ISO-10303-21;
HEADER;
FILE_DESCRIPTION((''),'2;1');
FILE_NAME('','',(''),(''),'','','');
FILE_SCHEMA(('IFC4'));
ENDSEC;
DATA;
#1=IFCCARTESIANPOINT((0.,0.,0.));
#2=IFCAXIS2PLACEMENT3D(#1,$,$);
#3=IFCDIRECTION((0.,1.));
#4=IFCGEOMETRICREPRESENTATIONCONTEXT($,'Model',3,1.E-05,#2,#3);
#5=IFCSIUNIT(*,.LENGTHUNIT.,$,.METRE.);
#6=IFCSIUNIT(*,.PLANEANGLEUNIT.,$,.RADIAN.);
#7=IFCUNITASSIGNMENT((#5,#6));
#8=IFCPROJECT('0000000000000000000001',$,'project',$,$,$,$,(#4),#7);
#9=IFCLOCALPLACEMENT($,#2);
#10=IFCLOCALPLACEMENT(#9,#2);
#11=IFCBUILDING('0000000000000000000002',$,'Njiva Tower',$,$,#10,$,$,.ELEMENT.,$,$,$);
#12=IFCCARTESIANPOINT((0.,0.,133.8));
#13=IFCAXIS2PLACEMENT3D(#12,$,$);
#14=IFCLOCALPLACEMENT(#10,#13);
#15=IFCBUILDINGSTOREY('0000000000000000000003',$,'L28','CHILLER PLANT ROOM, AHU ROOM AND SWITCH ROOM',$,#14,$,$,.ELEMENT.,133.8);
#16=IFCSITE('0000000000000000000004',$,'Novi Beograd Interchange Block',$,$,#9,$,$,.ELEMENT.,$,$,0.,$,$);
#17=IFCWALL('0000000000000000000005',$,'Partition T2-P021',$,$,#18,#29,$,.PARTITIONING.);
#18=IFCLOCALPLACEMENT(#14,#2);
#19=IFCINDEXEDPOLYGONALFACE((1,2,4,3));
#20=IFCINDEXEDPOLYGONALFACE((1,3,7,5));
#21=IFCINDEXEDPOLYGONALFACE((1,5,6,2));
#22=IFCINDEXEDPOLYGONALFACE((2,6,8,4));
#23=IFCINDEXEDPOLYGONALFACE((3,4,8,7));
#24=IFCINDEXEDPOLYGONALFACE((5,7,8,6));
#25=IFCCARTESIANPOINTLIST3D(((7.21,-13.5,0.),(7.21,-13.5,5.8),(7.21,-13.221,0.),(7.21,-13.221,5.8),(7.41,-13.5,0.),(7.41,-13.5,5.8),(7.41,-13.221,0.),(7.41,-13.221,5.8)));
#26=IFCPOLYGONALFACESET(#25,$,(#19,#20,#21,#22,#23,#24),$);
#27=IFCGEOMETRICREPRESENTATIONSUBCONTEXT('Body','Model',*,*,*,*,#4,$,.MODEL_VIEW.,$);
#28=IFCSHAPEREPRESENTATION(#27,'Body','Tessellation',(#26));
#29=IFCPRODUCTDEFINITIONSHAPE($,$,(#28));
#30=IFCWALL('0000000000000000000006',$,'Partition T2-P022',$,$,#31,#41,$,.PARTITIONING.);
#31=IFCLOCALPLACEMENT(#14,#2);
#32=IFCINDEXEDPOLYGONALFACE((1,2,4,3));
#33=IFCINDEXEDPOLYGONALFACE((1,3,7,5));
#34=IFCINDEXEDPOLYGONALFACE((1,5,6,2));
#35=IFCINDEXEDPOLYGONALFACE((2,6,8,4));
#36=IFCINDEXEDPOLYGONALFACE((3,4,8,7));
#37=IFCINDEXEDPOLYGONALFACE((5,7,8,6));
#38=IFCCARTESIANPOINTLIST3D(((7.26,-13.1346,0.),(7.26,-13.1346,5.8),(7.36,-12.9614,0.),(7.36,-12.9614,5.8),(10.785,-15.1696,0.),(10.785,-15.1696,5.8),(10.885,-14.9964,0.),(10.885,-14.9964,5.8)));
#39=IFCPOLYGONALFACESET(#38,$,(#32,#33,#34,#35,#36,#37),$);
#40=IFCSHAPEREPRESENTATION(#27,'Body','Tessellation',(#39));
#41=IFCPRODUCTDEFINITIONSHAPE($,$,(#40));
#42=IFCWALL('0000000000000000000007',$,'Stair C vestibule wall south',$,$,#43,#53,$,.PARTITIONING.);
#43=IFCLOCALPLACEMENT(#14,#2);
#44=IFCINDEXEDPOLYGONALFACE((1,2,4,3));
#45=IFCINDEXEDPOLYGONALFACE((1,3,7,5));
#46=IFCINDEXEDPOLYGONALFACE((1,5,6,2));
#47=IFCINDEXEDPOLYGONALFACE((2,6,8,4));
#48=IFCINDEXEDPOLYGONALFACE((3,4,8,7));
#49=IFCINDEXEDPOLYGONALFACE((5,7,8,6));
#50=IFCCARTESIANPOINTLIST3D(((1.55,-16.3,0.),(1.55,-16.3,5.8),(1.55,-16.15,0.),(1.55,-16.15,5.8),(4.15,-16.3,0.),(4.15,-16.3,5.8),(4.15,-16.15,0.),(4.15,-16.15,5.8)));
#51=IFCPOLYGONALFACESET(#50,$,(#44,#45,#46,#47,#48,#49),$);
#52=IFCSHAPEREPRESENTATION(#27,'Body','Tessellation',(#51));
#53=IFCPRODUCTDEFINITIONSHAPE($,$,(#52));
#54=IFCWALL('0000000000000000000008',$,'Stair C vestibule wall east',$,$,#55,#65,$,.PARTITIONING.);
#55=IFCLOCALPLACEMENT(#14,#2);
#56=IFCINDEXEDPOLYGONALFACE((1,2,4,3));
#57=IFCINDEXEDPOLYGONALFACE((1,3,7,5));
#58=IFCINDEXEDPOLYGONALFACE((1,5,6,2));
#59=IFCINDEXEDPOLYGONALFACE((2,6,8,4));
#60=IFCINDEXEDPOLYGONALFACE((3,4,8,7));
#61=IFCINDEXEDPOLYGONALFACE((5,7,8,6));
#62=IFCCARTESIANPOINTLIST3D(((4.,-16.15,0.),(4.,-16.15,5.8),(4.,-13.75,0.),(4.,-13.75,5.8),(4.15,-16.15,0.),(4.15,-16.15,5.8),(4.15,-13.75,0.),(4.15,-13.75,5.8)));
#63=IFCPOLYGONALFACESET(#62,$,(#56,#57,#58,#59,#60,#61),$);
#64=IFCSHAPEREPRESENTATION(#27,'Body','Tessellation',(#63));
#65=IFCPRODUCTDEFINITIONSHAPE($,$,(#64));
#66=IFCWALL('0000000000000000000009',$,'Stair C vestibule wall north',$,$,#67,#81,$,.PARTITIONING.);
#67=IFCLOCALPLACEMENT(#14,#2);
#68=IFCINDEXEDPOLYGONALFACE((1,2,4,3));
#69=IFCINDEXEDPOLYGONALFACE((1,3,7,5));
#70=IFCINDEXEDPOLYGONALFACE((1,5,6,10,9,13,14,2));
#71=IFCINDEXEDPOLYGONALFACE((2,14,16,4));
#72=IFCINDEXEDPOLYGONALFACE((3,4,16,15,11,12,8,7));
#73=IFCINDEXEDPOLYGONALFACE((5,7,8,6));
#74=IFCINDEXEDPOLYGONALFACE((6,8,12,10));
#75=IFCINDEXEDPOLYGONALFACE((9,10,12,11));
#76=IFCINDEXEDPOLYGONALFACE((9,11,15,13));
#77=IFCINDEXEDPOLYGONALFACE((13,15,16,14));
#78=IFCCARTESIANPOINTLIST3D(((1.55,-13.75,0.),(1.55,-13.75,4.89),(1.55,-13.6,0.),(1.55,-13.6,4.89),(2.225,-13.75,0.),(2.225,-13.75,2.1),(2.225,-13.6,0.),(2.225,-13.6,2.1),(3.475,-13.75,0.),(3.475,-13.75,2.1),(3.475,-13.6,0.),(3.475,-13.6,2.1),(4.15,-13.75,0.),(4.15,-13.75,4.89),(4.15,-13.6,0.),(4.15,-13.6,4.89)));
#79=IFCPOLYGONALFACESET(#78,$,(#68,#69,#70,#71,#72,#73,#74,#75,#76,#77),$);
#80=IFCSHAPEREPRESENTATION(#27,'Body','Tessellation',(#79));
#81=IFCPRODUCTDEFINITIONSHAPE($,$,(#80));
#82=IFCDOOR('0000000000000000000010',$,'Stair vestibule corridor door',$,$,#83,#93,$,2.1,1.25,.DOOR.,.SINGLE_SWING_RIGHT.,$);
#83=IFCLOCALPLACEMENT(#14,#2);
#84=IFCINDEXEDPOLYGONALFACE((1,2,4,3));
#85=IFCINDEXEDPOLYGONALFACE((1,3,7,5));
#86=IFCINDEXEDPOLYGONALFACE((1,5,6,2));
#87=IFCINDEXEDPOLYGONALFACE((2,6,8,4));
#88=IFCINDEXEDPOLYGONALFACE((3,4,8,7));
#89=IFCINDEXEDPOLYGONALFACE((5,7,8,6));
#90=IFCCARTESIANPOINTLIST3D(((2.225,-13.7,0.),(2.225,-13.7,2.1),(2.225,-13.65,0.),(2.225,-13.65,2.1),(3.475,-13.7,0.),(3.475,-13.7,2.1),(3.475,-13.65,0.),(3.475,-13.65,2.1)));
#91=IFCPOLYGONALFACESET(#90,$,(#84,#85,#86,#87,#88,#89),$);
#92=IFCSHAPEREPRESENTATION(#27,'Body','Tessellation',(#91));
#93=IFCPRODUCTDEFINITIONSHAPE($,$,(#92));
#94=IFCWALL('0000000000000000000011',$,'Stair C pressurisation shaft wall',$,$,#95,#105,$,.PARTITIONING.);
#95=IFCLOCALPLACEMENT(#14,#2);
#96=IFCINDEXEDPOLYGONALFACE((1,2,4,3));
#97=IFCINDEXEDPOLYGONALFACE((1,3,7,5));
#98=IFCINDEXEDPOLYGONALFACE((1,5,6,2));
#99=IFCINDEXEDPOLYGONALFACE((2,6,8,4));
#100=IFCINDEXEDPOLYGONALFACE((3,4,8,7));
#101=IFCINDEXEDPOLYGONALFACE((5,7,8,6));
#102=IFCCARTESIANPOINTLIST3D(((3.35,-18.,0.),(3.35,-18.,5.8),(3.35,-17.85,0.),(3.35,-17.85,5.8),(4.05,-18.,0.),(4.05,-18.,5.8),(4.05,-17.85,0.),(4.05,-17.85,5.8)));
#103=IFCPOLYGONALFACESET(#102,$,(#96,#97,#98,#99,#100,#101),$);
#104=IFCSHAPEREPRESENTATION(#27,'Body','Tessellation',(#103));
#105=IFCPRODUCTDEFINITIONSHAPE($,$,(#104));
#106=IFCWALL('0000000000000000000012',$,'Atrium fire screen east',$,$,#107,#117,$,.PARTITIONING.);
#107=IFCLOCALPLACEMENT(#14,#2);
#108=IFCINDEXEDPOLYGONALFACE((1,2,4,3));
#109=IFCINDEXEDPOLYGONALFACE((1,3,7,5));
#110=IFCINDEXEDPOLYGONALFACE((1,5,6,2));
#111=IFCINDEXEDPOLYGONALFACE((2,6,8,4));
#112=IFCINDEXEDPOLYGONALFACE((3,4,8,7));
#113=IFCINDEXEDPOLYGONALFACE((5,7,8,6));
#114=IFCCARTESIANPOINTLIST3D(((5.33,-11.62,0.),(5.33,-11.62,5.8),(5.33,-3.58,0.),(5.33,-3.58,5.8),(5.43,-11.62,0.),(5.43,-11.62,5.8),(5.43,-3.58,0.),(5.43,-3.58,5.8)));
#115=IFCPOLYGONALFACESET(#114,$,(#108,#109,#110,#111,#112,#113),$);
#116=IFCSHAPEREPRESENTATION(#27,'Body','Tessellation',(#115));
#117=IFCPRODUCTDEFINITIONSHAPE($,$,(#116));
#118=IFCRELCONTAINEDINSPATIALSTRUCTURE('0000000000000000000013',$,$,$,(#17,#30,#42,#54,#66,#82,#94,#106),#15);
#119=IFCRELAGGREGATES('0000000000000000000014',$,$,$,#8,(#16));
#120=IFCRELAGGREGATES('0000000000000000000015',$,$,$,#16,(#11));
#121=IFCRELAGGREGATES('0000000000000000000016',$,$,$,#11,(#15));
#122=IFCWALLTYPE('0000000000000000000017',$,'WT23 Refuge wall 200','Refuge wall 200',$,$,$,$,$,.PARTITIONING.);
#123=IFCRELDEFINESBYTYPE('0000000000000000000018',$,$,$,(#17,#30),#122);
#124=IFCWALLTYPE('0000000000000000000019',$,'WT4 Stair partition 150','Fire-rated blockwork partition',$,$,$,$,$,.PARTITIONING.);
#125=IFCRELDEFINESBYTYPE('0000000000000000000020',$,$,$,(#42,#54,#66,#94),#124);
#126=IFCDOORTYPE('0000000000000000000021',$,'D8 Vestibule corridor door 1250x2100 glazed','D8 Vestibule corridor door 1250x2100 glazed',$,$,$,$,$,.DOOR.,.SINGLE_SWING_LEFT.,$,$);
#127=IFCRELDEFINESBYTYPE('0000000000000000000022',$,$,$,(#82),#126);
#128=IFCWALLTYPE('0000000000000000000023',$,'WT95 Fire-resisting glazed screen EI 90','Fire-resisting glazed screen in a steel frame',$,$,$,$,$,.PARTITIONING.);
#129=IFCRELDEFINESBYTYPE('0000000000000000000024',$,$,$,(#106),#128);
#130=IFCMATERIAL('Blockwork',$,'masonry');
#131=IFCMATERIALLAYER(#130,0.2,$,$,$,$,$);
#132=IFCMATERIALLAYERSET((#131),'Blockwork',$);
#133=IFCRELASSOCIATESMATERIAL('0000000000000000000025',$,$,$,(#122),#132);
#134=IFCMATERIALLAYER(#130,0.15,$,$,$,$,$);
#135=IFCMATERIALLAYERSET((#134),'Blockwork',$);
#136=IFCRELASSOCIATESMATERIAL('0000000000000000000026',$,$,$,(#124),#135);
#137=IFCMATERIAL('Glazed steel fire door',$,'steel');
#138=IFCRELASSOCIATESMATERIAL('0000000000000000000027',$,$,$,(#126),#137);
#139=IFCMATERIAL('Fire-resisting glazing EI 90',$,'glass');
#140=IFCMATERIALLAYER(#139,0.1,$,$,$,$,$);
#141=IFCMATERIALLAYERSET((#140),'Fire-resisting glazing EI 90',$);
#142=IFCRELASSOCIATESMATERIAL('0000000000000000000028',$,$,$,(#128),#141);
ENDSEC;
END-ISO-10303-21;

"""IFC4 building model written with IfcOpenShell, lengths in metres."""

from ifc_helpers import new_model, si_unit, direction, frame, frame_2d, origin, place, context, subcontext, project, spatial, rectangle, extrude, material, layer, layer_set, type_object, element, fill, save


model = new_model("IFC4")

# Units and contexts
model_context = context("Model", 3, precision=1e-05, world=origin(), true_north=direction((0.0, 1.0)))
body_context = subcontext(model_context, "Body", "Model", "MODEL_VIEW")
ifc_project = project(units=[si_unit("LENGTHUNIT", "METRE"), si_unit("PLANEANGLEUNIT", "RADIAN")], contexts=[model_context])

# Site, building, storey
site_placement = place(None, origin())
site = spatial("IfcSite", under=ifc_project, at=site_placement, Name="Novi Beograd Interchange Block", CompositionType="ELEMENT", RefElevation=0.0)
building_placement = place(site_placement, origin())
building = spatial("IfcBuilding", under=site, at=building_placement, Name="Njiva Tower", CompositionType="ELEMENT")
storey_placement = place(building_placement, frame((0.0, 0.0, 133.8)))
storey = spatial("IfcBuildingStorey", under=building, at=storey_placement, Name="L28", Description="CHILLER PLANT ROOM, AHU ROOM AND SWITCH ROOM", CompositionType="ELEMENT", Elevation=133.8)

# Shared definitions
ifc_material_1 = material(Name="Blockwork", Category="masonry")
ifc_layer_1 = layer(ifc_material_1, 0.2)
ifc_layer_set_1 = layer_set([ifc_layer_1], Name="Blockwork")
wall_type_1 = type_object("IfcWallType", Name="WT23 Refuge wall 200", Description="Refuge wall 200", PredefinedType="PARTITIONING", material=ifc_layer_set_1)

# Walls
wall_1_placement = place(storey_placement, frame((7.31, -13.5, 0.0), z_axis=(0.0, 0.0, 1.0), x_axis=(0.0, 1.0, 0.0)))
element("IfcWall", 1, at=wall_1_placement, inside=storey, type_object=wall_type_1, Name="Partition T2-P021", PredefinedType="PARTITIONING", context=body_context, shape_type="SweptSolid", body=[
    extrude(rectangle(XDim=0.279, YDim=0.2, at=frame_2d((0.1395, 0.0))), origin(), (0.0, 0.0, 1.0), 5.8),
])
wall_2_placement = place(storey_placement, frame((7.31, -13.048, 0.0), z_axis=(0.0, 0.0, 1.0), x_axis=(0.866042, -0.499971, 0.0)))
element("IfcWall", 2, at=wall_2_placement, inside=storey, type_object=wall_type_1, Name="Partition T2-P022", PredefinedType="PARTITIONING", context=body_context, shape_type="SweptSolid", body=[
    extrude(rectangle(XDim=4.0702, YDim=0.2, at=frame_2d((2.0351, 0.0))), origin(), (0.0, 0.0, 1.0), 5.8),
])
ifc_layer_2 = layer(ifc_material_1, 0.15)
ifc_layer_set_2 = layer_set([ifc_layer_2], Name="Blockwork")
wall_type_2 = type_object("IfcWallType", Name="WT4 Stair partition 150", Description="Fire-rated blockwork partition", PredefinedType="PARTITIONING", material=ifc_layer_set_2)
wall_3_placement = place(storey_placement, frame((1.55, -16.225, 0.0), z_axis=(0.0, 0.0, 1.0), x_axis=(1.0, 0.0, 0.0)))
element("IfcWall", 3, at=wall_3_placement, inside=storey, type_object=wall_type_2, Name="Stair C vestibule wall south", PredefinedType="PARTITIONING", context=body_context, shape_type="SweptSolid", body=[
    extrude(rectangle(XDim=2.6, YDim=0.15, at=frame_2d((1.3, 0.0))), origin(), (0.0, 0.0, 1.0), 5.8),
])
wall_4_placement = place(storey_placement, frame((4.075, -16.15, 0.0), z_axis=(0.0, 0.0, 1.0), x_axis=(0.0, 1.0, 0.0)))
element("IfcWall", 4, at=wall_4_placement, inside=storey, type_object=wall_type_2, Name="Stair C vestibule wall east", PredefinedType="PARTITIONING", context=body_context, shape_type="SweptSolid", body=[
    extrude(rectangle(XDim=2.4, YDim=0.15, at=frame_2d((1.2, 0.0))), origin(), (0.0, 0.0, 1.0), 5.8),
])

# Wall, opening, door
wall_5_placement = place(storey_placement, frame((1.55, -13.675, 0.0), z_axis=(0.0, 0.0, 1.0), x_axis=(1.0, 0.0, 0.0)))
wall_5 = element("IfcWall", 5, at=wall_5_placement, inside=storey, type_object=wall_type_2, Name="Stair C vestibule wall north", PredefinedType="PARTITIONING", context=body_context, shape_type="SweptSolid", body=[
    extrude(rectangle(XDim=2.6, YDim=0.15, at=frame_2d((1.3, 0.0))), origin(), (0.0, 0.0, 1.0), 4.89),
])
opening_1_placement = place(wall_5_placement, frame((0.675, 0.0, 0.0)))
opening_1 = element("IfcOpeningElement", 6, at=opening_1_placement, cuts=wall_5, PredefinedType="OPENING", context=body_context, shape_type="SweptSolid", body=[
    extrude(rectangle(XDim=1.25, YDim=2.1, at=frame_2d((0.625, 1.05))), frame((0.0, 0.085, 0.0), z_axis=(0.0, -1.0, 0.0), x_axis=(1.0, 0.0, 0.0)), (0.0, 0.0, 1.0), 0.17),
])
ifc_material_2 = material(Name="Glazed steel fire door", Category="steel")
door_type_1 = type_object("IfcDoorType", Name="D8 Vestibule corridor door 1250x2100 glazed", Description="D8 Vestibule corridor door 1250x2100 glazed", OperationType="SINGLE_SWING_LEFT", PredefinedType="DOOR", material=ifc_material_2)
door_1_placement = place(opening_1_placement, origin())
door_1 = element("IfcDoor", 7, at=door_1_placement, inside=storey, type_object=door_type_1, Name="Stair vestibule corridor door", OperationType="SINGLE_SWING_RIGHT", OverallHeight=2.1, OverallWidth=1.25, PredefinedType="DOOR", context=body_context, shape_type="SweptSolid", body=[
    extrude(rectangle(XDim=1.25, YDim=2.1, at=frame_2d((0.625, 1.05))), frame((0.0, 0.025, 0.0), z_axis=(0.0, -1.0, 0.0), x_axis=(1.0, 0.0, 0.0)), (0.0, 0.0, 1.0), 0.05),
])
fill(opening_1, door_1)

# Walls
wall_6_placement = place(storey_placement, frame((3.35, -17.925, 0.0), z_axis=(0.0, 0.0, 1.0), x_axis=(1.0, 0.0, 0.0)))
element("IfcWall", 8, at=wall_6_placement, inside=storey, type_object=wall_type_2, Name="Stair C pressurisation shaft wall", PredefinedType="PARTITIONING", context=body_context, shape_type="SweptSolid", body=[
    extrude(rectangle(XDim=0.7, YDim=0.15, at=frame_2d((0.35, 0.0))), origin(), (0.0, 0.0, 1.0), 5.8),
])
ifc_material_3 = material(Name="Fire-resisting glazing EI 90", Category="glass")
ifc_layer_3 = layer(ifc_material_3, 0.1)
ifc_layer_set_3 = layer_set([ifc_layer_3], Name="Fire-resisting glazing EI 90")
wall_type_3 = type_object("IfcWallType", Name="WT95 Fire-resisting glazed screen EI 90", Description="Fire-resisting glazed screen in a steel frame", PredefinedType="PARTITIONING", material=ifc_layer_set_3)
wall_7_placement = place(storey_placement, frame((5.38, -11.62, 0.0), z_axis=(0.0, 0.0, 1.0), x_axis=(0.0, 1.0, 0.0)))
element("IfcWall", 9, at=wall_7_placement, inside=storey, type_object=wall_type_3, Name="Atrium fire screen east", PredefinedType="PARTITIONING", context=body_context, shape_type="SweptSolid", body=[
    extrude(rectangle(XDim=8.04, YDim=0.1, at=frame_2d((4.02, 0.0))), origin(), (0.0, 0.0, 1.0), 5.8),
])

save(model, "model.ifc")
